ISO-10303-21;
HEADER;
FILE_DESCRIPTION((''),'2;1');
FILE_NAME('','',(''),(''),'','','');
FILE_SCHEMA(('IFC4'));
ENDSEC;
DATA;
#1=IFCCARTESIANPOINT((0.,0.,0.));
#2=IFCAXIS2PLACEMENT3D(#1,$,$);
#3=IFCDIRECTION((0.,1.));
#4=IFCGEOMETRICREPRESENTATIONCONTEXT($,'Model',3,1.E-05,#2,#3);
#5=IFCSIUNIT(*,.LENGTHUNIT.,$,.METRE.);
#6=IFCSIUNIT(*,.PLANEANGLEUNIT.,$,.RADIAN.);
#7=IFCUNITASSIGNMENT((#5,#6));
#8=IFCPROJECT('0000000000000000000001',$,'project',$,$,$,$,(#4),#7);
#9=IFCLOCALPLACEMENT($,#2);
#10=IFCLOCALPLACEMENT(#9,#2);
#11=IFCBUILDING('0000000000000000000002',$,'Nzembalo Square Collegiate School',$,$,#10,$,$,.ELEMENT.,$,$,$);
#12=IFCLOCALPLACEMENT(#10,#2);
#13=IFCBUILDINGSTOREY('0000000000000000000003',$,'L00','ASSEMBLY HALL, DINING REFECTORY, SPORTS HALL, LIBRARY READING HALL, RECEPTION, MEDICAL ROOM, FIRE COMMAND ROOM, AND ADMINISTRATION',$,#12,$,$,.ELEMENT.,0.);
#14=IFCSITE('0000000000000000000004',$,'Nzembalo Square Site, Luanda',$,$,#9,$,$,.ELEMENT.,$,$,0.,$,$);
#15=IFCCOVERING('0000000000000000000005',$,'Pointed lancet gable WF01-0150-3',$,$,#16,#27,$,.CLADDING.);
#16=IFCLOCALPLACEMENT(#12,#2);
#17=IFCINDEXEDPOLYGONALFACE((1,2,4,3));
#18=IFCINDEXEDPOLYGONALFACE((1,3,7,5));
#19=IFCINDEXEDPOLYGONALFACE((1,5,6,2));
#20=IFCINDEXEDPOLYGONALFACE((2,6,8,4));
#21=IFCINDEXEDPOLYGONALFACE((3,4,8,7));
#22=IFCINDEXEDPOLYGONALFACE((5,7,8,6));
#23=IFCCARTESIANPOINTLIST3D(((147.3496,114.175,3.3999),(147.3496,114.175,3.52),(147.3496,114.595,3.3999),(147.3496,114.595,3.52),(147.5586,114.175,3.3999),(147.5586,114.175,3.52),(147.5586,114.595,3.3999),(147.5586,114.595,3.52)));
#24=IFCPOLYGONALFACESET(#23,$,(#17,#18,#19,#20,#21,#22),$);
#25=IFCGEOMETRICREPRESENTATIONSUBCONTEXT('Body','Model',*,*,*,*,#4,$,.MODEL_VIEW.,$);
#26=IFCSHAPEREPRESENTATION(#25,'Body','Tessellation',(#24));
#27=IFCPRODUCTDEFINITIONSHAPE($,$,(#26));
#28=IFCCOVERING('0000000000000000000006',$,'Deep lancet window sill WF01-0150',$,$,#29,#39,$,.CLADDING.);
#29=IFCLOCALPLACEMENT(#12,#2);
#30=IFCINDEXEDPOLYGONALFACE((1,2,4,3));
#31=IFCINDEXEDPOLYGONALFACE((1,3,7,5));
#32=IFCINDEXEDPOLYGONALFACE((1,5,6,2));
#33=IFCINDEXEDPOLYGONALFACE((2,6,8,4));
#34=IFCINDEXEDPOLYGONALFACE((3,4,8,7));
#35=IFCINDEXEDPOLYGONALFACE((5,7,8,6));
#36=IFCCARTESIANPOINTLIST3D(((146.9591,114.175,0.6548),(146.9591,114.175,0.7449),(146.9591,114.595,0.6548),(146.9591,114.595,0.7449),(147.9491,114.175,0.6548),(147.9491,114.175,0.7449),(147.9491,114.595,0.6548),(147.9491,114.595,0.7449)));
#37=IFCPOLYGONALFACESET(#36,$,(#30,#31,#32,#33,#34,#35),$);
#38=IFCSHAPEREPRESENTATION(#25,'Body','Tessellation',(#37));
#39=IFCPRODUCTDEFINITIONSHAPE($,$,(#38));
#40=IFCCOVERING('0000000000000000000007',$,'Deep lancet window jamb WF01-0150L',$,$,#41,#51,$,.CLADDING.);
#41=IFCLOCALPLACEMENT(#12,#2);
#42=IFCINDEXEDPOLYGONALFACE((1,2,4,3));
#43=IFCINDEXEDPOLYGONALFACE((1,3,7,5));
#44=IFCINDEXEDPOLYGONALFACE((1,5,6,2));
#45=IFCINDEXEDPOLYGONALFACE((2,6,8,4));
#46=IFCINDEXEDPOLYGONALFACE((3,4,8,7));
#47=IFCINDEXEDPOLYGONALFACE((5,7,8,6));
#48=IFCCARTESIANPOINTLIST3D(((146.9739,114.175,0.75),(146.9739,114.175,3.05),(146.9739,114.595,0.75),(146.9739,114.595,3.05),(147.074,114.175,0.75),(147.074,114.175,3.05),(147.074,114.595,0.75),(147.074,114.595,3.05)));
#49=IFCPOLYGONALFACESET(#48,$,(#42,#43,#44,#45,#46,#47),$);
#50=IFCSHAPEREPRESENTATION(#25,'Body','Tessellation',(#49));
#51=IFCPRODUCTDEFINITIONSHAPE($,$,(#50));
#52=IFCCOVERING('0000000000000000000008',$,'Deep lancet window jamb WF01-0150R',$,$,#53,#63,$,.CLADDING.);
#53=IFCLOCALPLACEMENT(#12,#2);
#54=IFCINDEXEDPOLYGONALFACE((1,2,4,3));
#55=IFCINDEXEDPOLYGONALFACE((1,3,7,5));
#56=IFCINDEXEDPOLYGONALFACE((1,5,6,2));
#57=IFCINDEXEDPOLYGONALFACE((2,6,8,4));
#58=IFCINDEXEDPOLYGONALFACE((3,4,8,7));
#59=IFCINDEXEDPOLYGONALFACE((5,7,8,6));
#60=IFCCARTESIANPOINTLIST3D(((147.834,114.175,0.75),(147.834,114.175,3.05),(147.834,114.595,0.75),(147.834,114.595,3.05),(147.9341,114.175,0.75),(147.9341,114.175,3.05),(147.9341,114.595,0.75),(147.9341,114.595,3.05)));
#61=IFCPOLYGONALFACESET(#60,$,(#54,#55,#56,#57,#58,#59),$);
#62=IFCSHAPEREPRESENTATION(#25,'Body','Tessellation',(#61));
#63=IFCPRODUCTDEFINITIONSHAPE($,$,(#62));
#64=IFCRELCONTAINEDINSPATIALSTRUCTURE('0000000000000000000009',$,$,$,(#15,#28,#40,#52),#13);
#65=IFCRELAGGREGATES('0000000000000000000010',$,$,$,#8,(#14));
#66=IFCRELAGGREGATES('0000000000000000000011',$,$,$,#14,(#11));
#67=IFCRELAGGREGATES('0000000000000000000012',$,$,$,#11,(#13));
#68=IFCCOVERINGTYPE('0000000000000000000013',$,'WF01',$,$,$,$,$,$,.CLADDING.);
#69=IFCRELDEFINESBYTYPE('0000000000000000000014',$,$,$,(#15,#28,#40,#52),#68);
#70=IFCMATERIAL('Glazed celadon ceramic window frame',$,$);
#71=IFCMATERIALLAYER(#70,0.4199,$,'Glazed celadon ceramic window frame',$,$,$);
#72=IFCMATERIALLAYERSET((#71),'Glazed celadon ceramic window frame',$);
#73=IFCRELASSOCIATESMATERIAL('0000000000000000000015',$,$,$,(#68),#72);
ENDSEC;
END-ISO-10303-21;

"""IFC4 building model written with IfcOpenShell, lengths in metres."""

from ifc_helpers import new_model, si_unit, direction, frame, origin, origin_2d, place, context, subcontext, project, spatial, rectangle, extrude, material, layer, layer_set, type_object, element, save


model = new_model("IFC4")

# Units and contexts
model_context = context("Model", 3, precision=1e-05, world=origin(), true_north=direction((0.0, 1.0)))
body_context = subcontext(model_context, "Body", "Model", "MODEL_VIEW")
ifc_project = project(units=[si_unit("LENGTHUNIT", "METRE"), si_unit("PLANEANGLEUNIT", "RADIAN")], contexts=[model_context])

# Site, building, storey
site_placement = place(None, origin())
site = spatial("IfcSite", under=ifc_project, at=site_placement, Name="Nzembalo Square Site, Luanda", CompositionType="ELEMENT", RefElevation=0.0)
building_placement = place(site_placement, origin())
building = spatial("IfcBuilding", under=site, at=building_placement, Name="Nzembalo Square Collegiate School", CompositionType="ELEMENT")
storey_placement = place(building_placement, origin())
storey = spatial("IfcBuildingStorey", under=building, at=storey_placement, Name="L00", Description="ASSEMBLY HALL, DINING REFECTORY, SPORTS HALL, LIBRARY READING HALL, RECEPTION, MEDICAL ROOM, FIRE COMMAND ROOM, AND ADMINISTRATION", CompositionType="ELEMENT", Elevation=0.0)

# Coverings
ifc_material_1 = material(Name="Glazed celadon ceramic window frame")
ifc_layer_1 = layer(ifc_material_1, 0.4199, Name="Glazed celadon ceramic window frame")
ifc_layer_set_1 = layer_set([ifc_layer_1], Name="Glazed celadon ceramic window frame")
covering_type = type_object("IfcCoveringType", Name="WF01", PredefinedType="CLADDING", material=ifc_layer_set_1)
covering_1_placement = place(storey_placement, frame((147.4541, 114.385, 3.3999), z_axis=(0.0, 0.0, 1.0), x_axis=(1.0, 0.0, 0.0)))
element("IfcCovering", 1, at=covering_1_placement, inside=storey, type_object=covering_type, Name="Pointed lancet gable WF01-0150-3", PredefinedType="CLADDING", context=body_context, shape_type="SweptSolid", body=[
    extrude(rectangle(XDim=0.209, YDim=0.4199, at=origin_2d()), origin(), (0.0, 0.0, 1.0), 0.1201),
])
covering_2_placement = place(storey_placement, frame((147.4541, 114.385, 0.6548), z_axis=(0.0, 0.0, 1.0), x_axis=(1.0, 0.0, 0.0)))
element("IfcCovering", 2, at=covering_2_placement, inside=storey, type_object=covering_type, Name="Deep lancet window sill WF01-0150", PredefinedType="CLADDING", context=body_context, shape_type="SweptSolid", body=[
    extrude(rectangle(XDim=0.99, YDim=0.4199, at=origin_2d()), origin(), (0.0, 0.0, 1.0), 0.0901),
])
for number, where, z_axis, x_axis, name in (
    (3, (147.0239, 114.385, 0.75), (0.0, 0.0, 1.0), (1.0, 0.0, 0.0), "Deep lancet window jamb WF01-0150L"),
    (4, (147.884, 114.385, 0.75), (0.0, 0.0, 1.0), (1.0, 0.0, 0.0), "Deep lancet window jamb WF01-0150R"),
):
    element("IfcCovering", number, at=place(storey_placement, frame(where, z_axis=z_axis, x_axis=x_axis)), inside=storey, type_object=covering_type, Name=name, PredefinedType="CLADDING", context=body_context, shape_type="SweptSolid", body=[
        extrude(rectangle(XDim=0.1001, YDim=0.4199, at=origin_2d()), origin(), (0.0, 0.0, 1.0), 2.3),
    ])

save(model, "model.ifc")
